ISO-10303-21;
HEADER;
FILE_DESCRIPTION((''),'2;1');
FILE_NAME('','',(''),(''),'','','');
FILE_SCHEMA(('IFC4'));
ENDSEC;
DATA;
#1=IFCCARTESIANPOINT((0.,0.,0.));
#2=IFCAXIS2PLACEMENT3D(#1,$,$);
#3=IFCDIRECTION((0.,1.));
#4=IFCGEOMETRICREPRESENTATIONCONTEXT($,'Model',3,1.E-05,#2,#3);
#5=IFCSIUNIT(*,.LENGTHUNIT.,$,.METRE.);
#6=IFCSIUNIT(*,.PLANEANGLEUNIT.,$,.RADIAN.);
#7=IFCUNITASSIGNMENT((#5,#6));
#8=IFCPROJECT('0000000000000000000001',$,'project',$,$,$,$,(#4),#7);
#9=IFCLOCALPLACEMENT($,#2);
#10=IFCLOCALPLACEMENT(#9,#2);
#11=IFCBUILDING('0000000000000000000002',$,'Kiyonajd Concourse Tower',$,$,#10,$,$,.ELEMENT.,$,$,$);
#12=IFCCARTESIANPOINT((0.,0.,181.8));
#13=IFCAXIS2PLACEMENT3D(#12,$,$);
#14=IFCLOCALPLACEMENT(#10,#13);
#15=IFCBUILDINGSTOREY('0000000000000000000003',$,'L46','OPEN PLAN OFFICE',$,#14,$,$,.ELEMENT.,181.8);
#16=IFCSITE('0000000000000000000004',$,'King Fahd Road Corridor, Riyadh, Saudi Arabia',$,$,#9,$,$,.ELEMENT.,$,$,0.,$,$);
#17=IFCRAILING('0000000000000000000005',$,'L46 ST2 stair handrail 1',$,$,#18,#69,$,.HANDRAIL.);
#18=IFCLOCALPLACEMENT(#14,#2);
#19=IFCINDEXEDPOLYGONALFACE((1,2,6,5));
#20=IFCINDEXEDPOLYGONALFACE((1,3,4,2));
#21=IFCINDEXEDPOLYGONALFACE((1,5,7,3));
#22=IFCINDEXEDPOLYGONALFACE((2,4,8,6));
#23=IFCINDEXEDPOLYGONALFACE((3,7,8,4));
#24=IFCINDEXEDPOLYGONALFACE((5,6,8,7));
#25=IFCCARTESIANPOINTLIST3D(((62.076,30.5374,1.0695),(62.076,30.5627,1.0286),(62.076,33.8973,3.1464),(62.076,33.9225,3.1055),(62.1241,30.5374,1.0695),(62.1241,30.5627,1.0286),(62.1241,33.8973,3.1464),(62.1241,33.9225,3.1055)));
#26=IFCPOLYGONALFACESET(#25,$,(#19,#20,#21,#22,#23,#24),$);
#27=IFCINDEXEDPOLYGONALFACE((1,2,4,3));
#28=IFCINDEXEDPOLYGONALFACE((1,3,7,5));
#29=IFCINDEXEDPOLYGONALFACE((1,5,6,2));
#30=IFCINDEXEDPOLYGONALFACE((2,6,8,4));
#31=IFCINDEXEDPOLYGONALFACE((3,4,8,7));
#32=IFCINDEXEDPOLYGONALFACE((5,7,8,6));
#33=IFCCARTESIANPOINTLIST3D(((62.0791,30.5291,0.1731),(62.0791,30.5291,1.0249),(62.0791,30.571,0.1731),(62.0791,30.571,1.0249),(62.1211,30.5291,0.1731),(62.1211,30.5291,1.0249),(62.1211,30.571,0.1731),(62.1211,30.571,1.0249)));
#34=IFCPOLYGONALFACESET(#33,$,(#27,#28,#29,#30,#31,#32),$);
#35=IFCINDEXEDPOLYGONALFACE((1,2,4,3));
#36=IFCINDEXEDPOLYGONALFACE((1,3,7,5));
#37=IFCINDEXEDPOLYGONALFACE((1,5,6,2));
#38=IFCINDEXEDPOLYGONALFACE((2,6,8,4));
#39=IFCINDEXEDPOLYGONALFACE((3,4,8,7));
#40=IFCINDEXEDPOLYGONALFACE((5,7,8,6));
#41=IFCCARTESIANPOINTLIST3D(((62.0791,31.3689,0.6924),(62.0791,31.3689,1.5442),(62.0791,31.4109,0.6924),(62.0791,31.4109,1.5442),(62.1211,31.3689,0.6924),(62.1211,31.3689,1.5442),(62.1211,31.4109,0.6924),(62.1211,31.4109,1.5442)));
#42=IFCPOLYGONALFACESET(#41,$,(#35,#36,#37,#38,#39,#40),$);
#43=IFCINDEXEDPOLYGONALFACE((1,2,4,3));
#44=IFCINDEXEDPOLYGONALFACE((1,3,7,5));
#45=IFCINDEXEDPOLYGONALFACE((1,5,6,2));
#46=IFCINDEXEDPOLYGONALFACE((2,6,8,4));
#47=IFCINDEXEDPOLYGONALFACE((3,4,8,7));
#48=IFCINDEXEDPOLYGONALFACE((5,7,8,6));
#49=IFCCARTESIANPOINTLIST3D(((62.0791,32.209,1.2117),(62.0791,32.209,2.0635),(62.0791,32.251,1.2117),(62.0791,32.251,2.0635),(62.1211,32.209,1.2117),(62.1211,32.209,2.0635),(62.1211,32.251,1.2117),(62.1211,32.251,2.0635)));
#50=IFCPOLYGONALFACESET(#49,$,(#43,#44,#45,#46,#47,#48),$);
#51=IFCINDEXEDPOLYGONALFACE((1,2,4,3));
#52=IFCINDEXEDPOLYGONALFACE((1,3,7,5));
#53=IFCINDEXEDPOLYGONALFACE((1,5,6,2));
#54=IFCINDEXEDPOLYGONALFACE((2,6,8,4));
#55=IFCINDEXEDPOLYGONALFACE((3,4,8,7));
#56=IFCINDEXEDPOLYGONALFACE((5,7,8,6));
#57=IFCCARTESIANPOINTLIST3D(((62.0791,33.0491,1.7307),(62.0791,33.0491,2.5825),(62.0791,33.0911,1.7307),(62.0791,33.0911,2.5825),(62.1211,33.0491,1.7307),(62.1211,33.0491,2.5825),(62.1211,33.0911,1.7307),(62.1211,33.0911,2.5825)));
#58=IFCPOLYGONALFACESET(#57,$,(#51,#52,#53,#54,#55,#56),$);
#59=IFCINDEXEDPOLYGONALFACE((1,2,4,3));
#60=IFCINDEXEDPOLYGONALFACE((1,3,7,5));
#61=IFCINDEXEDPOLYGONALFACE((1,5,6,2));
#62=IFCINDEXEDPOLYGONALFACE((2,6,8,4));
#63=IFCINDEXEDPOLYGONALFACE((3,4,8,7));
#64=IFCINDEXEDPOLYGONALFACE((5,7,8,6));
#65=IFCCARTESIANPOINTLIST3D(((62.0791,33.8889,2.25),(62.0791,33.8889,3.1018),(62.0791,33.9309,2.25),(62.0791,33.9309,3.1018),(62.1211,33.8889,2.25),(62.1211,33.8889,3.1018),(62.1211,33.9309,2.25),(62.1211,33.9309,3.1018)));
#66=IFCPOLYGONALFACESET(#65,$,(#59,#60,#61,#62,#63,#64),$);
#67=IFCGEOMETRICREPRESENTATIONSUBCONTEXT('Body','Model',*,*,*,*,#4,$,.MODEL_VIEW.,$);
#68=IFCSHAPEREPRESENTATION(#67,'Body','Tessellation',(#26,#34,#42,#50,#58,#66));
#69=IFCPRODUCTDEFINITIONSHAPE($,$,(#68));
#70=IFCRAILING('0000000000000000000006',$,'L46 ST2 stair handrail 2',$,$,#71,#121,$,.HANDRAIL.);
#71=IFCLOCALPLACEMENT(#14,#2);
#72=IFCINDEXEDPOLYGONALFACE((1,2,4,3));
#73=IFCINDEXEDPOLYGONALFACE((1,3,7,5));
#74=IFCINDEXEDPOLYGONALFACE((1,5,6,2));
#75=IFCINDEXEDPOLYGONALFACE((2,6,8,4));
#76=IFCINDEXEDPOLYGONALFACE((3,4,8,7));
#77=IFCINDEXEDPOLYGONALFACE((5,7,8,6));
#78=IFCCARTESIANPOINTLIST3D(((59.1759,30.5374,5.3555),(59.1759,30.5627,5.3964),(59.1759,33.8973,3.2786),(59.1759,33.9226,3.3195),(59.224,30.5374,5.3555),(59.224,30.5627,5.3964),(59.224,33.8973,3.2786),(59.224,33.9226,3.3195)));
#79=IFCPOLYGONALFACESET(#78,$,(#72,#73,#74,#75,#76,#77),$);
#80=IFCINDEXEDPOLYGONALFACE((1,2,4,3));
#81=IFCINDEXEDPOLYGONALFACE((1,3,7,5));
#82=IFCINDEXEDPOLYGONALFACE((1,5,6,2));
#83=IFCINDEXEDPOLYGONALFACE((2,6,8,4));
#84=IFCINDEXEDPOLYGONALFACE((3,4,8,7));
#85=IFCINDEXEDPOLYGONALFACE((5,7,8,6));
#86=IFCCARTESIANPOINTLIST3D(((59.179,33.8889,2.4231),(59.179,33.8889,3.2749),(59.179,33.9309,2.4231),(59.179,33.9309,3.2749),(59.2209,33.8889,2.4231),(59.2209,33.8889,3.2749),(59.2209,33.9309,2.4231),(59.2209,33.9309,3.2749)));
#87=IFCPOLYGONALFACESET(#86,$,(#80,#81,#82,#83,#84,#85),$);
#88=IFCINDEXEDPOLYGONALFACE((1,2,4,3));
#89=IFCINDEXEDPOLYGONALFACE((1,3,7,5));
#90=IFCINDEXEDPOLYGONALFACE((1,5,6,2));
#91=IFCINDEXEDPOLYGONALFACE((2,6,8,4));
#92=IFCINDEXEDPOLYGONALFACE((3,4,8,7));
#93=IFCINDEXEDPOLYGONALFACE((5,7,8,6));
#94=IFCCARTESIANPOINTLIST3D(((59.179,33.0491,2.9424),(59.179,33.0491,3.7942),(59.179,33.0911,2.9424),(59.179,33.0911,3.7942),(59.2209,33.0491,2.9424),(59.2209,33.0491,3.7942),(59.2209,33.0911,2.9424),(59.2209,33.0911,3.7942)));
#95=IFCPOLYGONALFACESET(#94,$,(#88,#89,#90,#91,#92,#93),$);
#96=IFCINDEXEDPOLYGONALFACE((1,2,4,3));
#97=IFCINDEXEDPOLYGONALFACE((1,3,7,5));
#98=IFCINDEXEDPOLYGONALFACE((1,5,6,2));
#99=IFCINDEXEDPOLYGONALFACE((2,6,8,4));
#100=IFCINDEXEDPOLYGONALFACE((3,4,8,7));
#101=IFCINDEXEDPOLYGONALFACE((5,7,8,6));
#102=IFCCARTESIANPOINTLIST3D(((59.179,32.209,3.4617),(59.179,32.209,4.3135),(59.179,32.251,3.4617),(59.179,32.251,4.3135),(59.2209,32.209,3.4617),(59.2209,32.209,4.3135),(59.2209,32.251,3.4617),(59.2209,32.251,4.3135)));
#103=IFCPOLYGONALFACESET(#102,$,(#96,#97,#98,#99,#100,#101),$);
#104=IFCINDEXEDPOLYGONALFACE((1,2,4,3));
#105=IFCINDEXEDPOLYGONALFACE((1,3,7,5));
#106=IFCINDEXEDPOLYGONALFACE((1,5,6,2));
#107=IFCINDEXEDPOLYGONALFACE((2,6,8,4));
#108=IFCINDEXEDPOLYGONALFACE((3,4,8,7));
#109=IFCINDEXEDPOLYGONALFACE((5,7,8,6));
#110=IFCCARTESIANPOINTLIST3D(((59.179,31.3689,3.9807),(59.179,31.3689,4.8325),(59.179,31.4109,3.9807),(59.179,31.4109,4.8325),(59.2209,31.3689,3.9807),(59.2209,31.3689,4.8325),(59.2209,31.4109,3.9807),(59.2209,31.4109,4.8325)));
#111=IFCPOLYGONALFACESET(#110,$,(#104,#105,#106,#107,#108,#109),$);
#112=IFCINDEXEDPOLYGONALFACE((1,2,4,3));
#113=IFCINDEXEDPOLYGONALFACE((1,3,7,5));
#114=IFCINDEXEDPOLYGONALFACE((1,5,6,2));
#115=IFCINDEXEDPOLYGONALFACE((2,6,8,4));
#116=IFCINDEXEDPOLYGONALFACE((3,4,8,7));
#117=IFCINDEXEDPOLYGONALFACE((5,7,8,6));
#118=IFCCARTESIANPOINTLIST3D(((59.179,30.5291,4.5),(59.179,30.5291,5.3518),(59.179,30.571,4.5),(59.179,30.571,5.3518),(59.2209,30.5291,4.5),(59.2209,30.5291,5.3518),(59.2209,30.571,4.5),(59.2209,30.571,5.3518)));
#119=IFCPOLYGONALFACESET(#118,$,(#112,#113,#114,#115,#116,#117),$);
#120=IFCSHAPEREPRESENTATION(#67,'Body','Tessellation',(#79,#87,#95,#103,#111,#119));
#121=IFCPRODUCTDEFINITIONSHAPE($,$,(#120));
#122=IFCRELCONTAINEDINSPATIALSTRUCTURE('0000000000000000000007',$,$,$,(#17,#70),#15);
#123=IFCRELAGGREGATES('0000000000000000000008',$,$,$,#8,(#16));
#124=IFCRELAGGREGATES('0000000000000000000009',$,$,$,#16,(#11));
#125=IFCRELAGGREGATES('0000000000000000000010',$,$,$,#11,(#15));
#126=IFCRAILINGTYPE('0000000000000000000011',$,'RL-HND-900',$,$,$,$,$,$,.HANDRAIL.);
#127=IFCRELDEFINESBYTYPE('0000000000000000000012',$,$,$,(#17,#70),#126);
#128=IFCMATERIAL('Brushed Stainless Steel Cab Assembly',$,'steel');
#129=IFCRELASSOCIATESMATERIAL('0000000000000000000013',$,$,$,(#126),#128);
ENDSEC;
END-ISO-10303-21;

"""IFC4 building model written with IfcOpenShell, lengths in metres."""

from ifc_helpers import new_model, si_unit, direction, frame, origin, origin_2d, place, context, subcontext, project, spatial, rectangle, extrude, material, type_object, element, save


model = new_model("IFC4")

# Units and contexts
model_context = context("Model", 3, precision=1e-05, world=origin(), true_north=direction((0.0, 1.0)))
body_context = subcontext(model_context, "Body", "Model", "MODEL_VIEW")
ifc_project = project(units=[si_unit("LENGTHUNIT", "METRE"), si_unit("PLANEANGLEUNIT", "RADIAN")], contexts=[model_context])

# Site, building, storey
site_placement = place(None, origin())
site = spatial("IfcSite", under=ifc_project, at=site_placement, Name="King Fahd Road Corridor, Riyadh, Saudi Arabia", CompositionType="ELEMENT", RefElevation=0.0)
building_placement = place(site_placement, origin())
building = spatial("IfcBuilding", under=site, at=building_placement, Name="Kiyonajd Concourse Tower", CompositionType="ELEMENT")
storey_placement = place(building_placement, frame((0.0, 0.0, 181.8)))
storey = spatial("IfcBuildingStorey", under=building, at=storey_placement, Name="L46", Description="OPEN PLAN OFFICE", CompositionType="ELEMENT", Elevation=181.8)

# Railings
ifc_material_1 = material(Name="Brushed Stainless Steel Cab Assembly", Category="steel")
railing_type_1 = type_object("IfcRailingType", Name="RL-HND-900", PredefinedType="HANDRAIL", material=ifc_material_1)
railing_1_placement = place(storey_placement, frame((62.1001, 30.55, 0.1731)))
element("IfcRailing", 1, at=railing_1_placement, inside=storey, type_object=railing_type_1, Name="L46 ST2 stair handrail 1", PredefinedType="HANDRAIL", context=body_context, shape_type="SweptSolid", body=[
    extrude(rectangle(XDim=0.0481, YDim=0.0481, at=origin_2d()), frame((0.0, 0.0, 0.876), z_axis=(0.0, 0.850606, 0.525803), x_axis=(-1.0, 0.0, 0.0)), (0.0, 0.0, 1.0), 3.95),
    extrude(rectangle(XDim=0.042, YDim=0.042, at=origin_2d()), origin(), (0.0, 0.0, 1.0), 0.8518),
    extrude(rectangle(XDim=0.042, YDim=0.042, at=origin_2d()), frame((0.0, 0.8398, 0.5193)), (0.0, 0.0, 1.0), 0.8518),
    extrude(rectangle(XDim=0.042, YDim=0.042, at=origin_2d()), frame((0.0, 1.6799, 1.0386)), (0.0, 0.0, 1.0), 0.8518),
    extrude(rectangle(XDim=0.042, YDim=0.042, at=origin_2d()), frame((0.0, 2.52, 1.5576)), (0.0, 0.0, 1.0), 0.8518),
    extrude(rectangle(XDim=0.042, YDim=0.042, at=origin_2d()), frame((0.0, 3.3599, 2.0769)), (0.0, 0.0, 1.0), 0.8518),
])
railing_2_placement = place(storey_placement, frame((59.2, 33.9099, 2.4231)))
element("IfcRailing", 2, at=railing_2_placement, inside=storey, type_object=railing_type_1, Name="L46 ST2 stair handrail 2", PredefinedType="HANDRAIL", context=body_context, shape_type="SweptSolid", body=[
    extrude(rectangle(XDim=0.0481, YDim=0.0481, at=origin_2d()), frame((0.0, 0.0, 0.876), z_axis=(0.0, -0.850606, 0.525803), x_axis=(1.0, 0.0, 0.0)), (0.0, 0.0, 1.0), 3.95),
    extrude(rectangle(XDim=0.042, YDim=0.042, at=origin_2d()), origin(), (0.0, 0.0, 1.0), 0.8518),
    extrude(rectangle(XDim=0.042, YDim=0.042, at=origin_2d()), frame((0.0, -0.8398, 0.5193)), (0.0, 0.0, 1.0), 0.8518),
    extrude(rectangle(XDim=0.042, YDim=0.042, at=origin_2d()), frame((0.0, -1.6799, 1.0386)), (0.0, 0.0, 1.0), 0.8518),
    extrude(rectangle(XDim=0.042, YDim=0.042, at=origin_2d()), frame((0.0, -2.52, 1.5576)), (0.0, 0.0, 1.0), 0.8518),
    extrude(rectangle(XDim=0.042, YDim=0.042, at=origin_2d()), frame((0.0, -3.3599, 2.0769)), (0.0, 0.0, 1.0), 0.8518),
])

save(model, "model.ifc")
